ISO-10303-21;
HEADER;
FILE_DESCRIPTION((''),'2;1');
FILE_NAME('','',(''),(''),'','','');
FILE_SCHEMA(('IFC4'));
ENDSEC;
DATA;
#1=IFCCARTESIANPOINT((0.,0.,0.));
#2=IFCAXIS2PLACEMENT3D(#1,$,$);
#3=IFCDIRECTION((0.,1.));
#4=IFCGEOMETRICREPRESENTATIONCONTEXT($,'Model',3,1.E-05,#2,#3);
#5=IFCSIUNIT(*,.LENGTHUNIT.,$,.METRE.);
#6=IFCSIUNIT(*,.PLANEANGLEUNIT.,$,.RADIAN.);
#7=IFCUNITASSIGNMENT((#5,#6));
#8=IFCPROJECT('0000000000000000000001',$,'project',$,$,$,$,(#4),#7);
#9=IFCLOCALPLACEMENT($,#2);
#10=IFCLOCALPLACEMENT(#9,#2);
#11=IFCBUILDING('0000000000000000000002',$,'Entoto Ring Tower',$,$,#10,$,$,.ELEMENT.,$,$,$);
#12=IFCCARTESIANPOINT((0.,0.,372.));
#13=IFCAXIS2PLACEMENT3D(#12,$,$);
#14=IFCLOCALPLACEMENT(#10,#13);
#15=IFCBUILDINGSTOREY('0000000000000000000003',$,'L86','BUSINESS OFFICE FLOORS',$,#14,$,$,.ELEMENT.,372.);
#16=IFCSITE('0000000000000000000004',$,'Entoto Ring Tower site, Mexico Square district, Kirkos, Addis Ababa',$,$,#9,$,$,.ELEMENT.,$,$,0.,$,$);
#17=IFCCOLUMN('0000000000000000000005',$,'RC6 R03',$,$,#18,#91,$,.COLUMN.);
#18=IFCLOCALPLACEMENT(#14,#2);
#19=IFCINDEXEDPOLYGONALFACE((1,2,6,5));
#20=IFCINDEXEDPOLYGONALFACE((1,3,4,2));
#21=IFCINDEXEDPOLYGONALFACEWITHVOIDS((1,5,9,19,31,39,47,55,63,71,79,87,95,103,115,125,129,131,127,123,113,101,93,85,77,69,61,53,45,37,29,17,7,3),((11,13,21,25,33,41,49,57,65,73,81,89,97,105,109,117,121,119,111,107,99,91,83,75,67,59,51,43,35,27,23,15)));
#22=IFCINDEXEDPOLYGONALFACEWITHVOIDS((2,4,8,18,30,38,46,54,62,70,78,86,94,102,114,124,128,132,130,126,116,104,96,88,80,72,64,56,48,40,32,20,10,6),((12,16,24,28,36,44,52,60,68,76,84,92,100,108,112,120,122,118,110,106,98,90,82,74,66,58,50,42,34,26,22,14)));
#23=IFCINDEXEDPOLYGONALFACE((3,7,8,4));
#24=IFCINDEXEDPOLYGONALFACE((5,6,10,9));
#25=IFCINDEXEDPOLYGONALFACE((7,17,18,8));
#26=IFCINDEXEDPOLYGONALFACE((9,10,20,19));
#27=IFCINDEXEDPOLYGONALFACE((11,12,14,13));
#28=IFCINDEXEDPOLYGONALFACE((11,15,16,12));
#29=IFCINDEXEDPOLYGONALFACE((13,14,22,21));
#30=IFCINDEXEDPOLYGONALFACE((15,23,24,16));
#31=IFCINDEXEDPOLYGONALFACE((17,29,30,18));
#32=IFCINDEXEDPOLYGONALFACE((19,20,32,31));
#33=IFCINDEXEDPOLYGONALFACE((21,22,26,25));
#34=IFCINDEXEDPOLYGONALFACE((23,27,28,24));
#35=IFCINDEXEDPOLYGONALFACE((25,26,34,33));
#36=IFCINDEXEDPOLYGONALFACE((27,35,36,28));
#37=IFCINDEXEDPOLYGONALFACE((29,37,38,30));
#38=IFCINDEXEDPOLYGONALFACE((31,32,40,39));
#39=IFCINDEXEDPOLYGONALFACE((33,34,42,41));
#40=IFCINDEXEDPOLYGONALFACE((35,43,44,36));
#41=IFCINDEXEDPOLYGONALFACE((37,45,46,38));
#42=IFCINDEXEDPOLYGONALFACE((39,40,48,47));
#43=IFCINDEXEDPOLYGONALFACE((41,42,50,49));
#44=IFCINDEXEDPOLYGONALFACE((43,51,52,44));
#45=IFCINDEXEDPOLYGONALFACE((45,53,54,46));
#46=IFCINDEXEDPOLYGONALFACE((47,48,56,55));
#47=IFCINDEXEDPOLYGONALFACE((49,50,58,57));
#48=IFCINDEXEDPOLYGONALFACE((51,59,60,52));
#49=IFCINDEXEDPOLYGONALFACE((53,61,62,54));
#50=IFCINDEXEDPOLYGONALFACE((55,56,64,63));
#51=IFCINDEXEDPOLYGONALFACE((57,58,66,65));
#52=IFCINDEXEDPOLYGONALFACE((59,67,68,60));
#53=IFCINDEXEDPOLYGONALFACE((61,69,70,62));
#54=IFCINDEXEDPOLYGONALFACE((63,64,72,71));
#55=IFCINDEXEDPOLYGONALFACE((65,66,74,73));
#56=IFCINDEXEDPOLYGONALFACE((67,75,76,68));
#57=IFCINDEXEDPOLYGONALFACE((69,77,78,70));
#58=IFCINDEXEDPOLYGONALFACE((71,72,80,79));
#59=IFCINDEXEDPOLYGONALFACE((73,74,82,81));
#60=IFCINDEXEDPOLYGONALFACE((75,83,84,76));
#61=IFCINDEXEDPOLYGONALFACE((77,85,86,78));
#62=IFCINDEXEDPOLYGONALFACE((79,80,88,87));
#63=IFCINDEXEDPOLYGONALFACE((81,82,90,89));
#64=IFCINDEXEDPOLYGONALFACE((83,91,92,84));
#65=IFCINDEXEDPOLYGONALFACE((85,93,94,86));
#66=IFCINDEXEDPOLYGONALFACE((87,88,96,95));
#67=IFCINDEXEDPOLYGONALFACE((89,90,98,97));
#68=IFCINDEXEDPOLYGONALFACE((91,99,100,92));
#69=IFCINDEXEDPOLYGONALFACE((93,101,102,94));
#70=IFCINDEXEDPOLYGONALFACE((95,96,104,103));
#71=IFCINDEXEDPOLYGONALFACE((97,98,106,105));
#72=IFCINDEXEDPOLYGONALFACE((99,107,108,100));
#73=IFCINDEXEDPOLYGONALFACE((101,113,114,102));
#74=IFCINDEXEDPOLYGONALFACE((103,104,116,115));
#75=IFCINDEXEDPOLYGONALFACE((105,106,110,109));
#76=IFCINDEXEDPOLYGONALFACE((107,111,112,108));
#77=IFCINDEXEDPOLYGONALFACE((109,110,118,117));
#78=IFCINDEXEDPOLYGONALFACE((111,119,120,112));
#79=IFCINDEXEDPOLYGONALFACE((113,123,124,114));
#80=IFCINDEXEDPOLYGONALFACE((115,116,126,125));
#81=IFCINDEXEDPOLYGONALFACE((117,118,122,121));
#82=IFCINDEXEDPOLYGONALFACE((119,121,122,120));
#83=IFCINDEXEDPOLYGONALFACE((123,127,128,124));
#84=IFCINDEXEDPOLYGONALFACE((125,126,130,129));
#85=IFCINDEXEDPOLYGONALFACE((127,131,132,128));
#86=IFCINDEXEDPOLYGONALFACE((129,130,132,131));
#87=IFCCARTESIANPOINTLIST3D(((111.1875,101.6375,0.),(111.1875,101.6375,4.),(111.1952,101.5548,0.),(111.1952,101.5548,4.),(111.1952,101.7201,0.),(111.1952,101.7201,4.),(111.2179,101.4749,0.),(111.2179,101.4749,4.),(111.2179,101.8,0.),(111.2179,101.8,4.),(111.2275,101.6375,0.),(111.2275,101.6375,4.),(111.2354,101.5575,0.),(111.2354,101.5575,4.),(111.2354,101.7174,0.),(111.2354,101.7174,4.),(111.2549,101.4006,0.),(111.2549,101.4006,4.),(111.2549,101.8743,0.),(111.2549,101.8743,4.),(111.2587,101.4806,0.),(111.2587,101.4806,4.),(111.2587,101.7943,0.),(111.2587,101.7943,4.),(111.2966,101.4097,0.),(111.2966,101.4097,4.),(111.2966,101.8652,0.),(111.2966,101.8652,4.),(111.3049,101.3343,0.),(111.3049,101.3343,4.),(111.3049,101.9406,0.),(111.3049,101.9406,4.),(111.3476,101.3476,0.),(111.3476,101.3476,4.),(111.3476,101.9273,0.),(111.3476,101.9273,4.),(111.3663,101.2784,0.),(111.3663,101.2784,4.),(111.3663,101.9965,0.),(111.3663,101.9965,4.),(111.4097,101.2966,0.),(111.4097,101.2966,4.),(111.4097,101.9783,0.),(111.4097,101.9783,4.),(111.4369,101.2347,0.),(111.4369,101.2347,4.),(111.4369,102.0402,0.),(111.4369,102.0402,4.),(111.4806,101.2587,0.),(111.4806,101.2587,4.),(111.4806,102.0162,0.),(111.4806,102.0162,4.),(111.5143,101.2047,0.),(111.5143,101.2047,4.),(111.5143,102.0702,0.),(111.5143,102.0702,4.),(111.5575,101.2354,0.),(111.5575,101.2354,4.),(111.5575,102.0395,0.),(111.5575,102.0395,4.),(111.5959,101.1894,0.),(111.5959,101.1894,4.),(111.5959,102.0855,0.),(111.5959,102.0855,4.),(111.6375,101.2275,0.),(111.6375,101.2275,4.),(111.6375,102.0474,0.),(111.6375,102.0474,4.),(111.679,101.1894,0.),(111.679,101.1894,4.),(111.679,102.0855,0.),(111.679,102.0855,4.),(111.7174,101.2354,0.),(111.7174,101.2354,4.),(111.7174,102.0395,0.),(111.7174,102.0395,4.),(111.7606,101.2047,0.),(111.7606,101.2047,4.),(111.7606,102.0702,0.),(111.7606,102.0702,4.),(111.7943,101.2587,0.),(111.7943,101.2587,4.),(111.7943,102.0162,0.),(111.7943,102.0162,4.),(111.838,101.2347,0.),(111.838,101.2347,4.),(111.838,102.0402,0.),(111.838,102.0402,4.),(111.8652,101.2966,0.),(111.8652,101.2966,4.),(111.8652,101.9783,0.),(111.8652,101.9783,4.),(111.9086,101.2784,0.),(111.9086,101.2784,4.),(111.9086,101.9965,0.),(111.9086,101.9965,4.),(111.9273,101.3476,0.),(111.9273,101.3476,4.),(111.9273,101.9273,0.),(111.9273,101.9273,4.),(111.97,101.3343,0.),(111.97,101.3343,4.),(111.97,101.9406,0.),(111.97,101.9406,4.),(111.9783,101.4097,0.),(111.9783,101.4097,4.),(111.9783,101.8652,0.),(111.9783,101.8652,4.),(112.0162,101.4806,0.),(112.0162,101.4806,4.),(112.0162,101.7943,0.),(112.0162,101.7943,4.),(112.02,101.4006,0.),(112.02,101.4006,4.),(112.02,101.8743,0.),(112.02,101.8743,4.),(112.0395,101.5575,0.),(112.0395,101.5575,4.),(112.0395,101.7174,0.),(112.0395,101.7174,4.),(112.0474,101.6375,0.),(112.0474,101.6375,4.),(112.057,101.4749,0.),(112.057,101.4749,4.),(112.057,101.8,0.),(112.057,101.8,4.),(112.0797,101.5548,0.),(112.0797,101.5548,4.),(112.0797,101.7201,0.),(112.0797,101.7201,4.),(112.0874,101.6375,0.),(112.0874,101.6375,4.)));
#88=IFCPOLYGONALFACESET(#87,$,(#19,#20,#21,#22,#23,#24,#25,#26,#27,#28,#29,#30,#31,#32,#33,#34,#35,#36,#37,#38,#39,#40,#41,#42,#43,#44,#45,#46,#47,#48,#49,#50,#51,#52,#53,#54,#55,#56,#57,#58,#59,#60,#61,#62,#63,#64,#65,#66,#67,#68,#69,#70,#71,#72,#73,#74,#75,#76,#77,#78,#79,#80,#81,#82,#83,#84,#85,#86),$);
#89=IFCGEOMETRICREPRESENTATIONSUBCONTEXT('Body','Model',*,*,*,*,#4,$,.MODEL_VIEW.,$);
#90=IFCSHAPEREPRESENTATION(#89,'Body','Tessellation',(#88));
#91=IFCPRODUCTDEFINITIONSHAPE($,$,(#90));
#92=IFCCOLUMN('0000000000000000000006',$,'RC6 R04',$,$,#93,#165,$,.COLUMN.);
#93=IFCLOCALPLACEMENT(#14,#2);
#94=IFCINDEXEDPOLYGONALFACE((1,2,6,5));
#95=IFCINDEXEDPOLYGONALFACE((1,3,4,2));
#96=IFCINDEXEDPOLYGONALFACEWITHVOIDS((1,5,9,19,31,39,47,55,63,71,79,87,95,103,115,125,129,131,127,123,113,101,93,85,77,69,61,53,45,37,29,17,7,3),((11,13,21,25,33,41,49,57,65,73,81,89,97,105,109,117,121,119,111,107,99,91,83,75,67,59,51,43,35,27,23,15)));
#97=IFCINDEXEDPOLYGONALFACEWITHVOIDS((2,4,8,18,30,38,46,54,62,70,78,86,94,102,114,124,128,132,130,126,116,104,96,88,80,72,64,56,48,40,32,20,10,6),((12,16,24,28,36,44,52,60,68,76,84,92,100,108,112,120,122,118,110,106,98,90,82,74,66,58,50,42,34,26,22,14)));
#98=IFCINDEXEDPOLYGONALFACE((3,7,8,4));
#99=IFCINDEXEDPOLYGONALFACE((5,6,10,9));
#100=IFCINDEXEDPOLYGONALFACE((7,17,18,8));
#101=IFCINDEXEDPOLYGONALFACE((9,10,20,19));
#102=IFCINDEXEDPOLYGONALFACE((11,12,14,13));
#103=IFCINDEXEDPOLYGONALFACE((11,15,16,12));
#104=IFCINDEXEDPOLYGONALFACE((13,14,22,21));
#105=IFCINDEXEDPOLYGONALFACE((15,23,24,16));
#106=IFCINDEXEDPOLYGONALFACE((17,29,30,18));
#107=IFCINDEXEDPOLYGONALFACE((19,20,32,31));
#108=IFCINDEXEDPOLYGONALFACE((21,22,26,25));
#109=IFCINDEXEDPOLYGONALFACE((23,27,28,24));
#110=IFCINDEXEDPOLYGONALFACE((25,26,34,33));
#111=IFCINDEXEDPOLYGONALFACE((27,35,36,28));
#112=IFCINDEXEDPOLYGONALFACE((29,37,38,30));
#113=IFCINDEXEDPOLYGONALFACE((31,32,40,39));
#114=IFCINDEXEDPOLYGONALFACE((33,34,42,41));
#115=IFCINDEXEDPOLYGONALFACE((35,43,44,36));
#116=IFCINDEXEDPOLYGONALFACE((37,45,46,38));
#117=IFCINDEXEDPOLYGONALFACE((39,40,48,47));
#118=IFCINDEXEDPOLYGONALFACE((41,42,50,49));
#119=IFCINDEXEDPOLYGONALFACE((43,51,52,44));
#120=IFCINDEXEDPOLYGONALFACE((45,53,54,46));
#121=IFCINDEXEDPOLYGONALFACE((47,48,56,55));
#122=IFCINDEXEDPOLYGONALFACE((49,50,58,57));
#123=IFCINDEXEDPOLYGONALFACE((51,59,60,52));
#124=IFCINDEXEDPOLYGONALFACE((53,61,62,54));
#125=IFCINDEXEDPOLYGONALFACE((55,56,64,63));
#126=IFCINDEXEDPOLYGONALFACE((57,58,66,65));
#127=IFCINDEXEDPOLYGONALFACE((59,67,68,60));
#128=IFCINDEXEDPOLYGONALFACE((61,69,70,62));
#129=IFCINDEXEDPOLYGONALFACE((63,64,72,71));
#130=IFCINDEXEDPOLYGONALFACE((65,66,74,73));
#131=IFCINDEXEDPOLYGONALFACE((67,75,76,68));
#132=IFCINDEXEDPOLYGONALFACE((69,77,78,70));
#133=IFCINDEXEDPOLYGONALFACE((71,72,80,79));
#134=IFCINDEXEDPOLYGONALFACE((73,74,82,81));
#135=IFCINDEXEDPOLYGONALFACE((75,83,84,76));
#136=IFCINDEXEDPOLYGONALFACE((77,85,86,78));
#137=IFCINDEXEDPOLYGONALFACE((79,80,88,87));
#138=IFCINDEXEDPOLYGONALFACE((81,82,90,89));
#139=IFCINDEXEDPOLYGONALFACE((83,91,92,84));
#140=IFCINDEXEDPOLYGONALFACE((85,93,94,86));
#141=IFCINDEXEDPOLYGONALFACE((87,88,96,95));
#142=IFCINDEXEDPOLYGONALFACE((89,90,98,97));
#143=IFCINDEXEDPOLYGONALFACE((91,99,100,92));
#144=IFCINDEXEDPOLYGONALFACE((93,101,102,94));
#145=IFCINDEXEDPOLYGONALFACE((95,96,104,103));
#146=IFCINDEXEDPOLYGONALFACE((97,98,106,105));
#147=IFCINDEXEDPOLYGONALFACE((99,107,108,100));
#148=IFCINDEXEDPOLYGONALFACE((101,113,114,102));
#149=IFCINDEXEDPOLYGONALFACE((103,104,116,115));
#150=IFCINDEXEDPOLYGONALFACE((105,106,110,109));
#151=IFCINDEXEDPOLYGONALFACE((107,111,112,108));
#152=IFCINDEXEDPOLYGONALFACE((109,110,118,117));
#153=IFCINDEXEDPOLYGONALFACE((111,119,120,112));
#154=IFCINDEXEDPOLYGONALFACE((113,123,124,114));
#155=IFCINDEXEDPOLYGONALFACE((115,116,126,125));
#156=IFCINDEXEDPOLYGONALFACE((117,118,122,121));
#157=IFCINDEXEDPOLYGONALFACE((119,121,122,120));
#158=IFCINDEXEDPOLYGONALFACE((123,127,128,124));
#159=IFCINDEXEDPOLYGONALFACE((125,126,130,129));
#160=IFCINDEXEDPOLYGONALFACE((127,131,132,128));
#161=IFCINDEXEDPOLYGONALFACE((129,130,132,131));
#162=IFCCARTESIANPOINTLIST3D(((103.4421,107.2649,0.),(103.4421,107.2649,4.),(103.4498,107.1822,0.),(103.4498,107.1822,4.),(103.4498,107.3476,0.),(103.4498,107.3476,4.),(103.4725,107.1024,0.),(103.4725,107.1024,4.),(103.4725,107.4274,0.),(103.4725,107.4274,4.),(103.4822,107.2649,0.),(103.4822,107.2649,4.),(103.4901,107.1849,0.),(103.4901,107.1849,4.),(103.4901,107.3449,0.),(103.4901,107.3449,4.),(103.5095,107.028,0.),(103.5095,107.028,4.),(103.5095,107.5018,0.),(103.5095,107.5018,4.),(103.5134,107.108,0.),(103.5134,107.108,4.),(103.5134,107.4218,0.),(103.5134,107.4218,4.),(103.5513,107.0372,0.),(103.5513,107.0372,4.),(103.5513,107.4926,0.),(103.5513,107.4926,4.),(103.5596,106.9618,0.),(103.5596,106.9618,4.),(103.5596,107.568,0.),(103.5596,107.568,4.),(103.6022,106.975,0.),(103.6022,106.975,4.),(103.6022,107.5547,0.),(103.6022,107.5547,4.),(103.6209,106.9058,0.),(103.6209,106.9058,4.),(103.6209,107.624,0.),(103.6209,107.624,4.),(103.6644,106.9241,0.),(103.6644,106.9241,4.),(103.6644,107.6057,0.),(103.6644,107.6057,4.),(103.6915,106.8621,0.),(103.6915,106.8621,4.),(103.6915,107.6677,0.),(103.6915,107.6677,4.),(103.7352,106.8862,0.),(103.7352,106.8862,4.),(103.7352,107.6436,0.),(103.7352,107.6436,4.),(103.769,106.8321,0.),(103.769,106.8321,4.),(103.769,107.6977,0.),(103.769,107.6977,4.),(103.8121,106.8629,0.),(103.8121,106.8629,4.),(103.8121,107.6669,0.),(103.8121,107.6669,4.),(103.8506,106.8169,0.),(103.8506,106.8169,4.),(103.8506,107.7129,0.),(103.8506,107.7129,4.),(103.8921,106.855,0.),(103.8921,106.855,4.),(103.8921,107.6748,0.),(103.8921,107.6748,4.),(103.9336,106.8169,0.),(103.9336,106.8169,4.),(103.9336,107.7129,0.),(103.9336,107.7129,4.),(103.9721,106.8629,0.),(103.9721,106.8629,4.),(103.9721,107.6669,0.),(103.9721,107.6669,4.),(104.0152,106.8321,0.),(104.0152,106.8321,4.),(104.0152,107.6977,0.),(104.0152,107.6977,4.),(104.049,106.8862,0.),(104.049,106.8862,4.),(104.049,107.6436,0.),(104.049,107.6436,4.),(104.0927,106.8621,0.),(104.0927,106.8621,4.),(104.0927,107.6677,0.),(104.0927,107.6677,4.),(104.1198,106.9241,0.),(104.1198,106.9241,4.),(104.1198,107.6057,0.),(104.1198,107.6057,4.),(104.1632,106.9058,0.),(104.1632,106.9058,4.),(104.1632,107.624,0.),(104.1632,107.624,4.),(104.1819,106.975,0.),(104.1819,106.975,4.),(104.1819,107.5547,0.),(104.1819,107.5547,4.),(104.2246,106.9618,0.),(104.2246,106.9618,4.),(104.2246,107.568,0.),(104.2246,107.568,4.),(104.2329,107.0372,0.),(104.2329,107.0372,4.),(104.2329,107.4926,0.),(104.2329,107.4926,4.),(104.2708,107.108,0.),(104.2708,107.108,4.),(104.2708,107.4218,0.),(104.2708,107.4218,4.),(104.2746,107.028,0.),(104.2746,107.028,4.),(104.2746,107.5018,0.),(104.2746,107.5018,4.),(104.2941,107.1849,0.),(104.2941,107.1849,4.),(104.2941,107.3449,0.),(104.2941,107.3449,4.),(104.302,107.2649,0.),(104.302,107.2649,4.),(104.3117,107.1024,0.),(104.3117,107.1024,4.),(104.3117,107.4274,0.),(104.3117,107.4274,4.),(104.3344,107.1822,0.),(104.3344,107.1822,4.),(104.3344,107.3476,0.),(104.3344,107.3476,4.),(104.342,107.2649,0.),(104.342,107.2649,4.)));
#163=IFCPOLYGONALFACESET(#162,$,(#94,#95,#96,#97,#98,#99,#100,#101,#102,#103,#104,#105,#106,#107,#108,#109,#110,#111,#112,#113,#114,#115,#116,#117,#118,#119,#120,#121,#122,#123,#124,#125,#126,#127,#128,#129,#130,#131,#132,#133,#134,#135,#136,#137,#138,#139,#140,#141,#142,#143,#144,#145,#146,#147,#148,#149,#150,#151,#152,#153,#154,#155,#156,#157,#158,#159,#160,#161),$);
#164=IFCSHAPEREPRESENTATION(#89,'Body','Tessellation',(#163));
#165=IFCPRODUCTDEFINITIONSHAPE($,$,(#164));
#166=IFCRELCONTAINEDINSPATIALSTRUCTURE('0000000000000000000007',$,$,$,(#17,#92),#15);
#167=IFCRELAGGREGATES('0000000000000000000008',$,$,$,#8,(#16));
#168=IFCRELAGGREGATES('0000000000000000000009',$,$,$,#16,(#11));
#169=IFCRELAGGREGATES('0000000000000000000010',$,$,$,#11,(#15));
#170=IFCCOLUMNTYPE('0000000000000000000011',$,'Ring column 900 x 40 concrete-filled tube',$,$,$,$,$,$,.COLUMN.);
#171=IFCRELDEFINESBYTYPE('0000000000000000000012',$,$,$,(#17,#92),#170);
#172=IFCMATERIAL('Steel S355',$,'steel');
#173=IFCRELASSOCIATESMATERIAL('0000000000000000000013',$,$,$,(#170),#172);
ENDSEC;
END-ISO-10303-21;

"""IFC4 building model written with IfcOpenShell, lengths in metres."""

from ifc_helpers import new_model, si_unit, direction, frame, origin, origin_2d, place, context, subcontext, project, spatial, circle, hollow_circle, extrude, material, material_profile, profile_set, type_object, element, save


model = new_model("IFC4")

# Units and contexts
model_context = context("Model", 3, precision=1e-05, world=origin(), true_north=direction((0.0, 1.0)))
body_context = subcontext(model_context, "Body", "Model", "MODEL_VIEW")
ifc_project = project(units=[si_unit("LENGTHUNIT", "METRE"), si_unit("PLANEANGLEUNIT", "RADIAN")], contexts=[model_context])

# Site, building, storey
site_placement = place(None, origin())
site = spatial("IfcSite", under=ifc_project, at=site_placement, Name="Entoto Ring Tower site, Mexico Square district, Kirkos, Addis Ababa", CompositionType="ELEMENT", RefElevation=0.0)
building_placement = place(site_placement, origin())
building = spatial("IfcBuilding", under=site, at=building_placement, Name="Entoto Ring Tower", CompositionType="ELEMENT")
storey_placement = place(building_placement, frame((0.0, 0.0, 372.0)))
storey = spatial("IfcBuildingStorey", under=building, at=storey_placement, Name="L86", Description="BUSINESS OFFICE FLOORS", CompositionType="ELEMENT", Elevation=372.0)

# Columns
ifc_material_1 = material(Name="Steel S355", Category="steel")
ifc_material_profile_1 = material_profile(ifc_material_1, hollow_circle(Radius=0.45, WallThickness=0.04, at=origin_2d()), Name="CHS 900 x 40")
ifc_material_2 = material(Name="Concrete C60/75", Category="concrete")
ifc_material_profile_2 = material_profile(ifc_material_2, circle(Radius=0.4099, at=origin_2d()), Name="Concrete C60/75 infill")
ifc_profile_set_1 = profile_set([ifc_material_profile_1, ifc_material_profile_2], Name="Steel S355")
column_type = type_object("IfcColumnType", Name="Ring column 900 x 40 concrete-filled tube", PredefinedType="COLUMN", material=ifc_profile_set_1)
for number, where, z_axis, x_axis, name in (
    (1, (111.6375, 101.6375, 0.0), (0.0, 0.0, 1.0), (1.0, 0.0, 0.0), "RC6 R03"),
    (2, (103.8921, 107.2649, 0.0), (0.0, 0.0, 1.0), (1.0, 0.0, 0.0), "RC6 R04"),
):
    element("IfcColumn", number, at=place(storey_placement, frame(where, z_axis=z_axis, x_axis=x_axis)), inside=storey, type_object=column_type, Name=name, PredefinedType="COLUMN", context=body_context, shape_type="SweptSolid", body=[
        extrude(hollow_circle(Radius=0.45, WallThickness=0.04, at=origin_2d()), origin(), (0.0, 0.0, 1.0), 4.0),
    ])

save(model, "model.ifc")
